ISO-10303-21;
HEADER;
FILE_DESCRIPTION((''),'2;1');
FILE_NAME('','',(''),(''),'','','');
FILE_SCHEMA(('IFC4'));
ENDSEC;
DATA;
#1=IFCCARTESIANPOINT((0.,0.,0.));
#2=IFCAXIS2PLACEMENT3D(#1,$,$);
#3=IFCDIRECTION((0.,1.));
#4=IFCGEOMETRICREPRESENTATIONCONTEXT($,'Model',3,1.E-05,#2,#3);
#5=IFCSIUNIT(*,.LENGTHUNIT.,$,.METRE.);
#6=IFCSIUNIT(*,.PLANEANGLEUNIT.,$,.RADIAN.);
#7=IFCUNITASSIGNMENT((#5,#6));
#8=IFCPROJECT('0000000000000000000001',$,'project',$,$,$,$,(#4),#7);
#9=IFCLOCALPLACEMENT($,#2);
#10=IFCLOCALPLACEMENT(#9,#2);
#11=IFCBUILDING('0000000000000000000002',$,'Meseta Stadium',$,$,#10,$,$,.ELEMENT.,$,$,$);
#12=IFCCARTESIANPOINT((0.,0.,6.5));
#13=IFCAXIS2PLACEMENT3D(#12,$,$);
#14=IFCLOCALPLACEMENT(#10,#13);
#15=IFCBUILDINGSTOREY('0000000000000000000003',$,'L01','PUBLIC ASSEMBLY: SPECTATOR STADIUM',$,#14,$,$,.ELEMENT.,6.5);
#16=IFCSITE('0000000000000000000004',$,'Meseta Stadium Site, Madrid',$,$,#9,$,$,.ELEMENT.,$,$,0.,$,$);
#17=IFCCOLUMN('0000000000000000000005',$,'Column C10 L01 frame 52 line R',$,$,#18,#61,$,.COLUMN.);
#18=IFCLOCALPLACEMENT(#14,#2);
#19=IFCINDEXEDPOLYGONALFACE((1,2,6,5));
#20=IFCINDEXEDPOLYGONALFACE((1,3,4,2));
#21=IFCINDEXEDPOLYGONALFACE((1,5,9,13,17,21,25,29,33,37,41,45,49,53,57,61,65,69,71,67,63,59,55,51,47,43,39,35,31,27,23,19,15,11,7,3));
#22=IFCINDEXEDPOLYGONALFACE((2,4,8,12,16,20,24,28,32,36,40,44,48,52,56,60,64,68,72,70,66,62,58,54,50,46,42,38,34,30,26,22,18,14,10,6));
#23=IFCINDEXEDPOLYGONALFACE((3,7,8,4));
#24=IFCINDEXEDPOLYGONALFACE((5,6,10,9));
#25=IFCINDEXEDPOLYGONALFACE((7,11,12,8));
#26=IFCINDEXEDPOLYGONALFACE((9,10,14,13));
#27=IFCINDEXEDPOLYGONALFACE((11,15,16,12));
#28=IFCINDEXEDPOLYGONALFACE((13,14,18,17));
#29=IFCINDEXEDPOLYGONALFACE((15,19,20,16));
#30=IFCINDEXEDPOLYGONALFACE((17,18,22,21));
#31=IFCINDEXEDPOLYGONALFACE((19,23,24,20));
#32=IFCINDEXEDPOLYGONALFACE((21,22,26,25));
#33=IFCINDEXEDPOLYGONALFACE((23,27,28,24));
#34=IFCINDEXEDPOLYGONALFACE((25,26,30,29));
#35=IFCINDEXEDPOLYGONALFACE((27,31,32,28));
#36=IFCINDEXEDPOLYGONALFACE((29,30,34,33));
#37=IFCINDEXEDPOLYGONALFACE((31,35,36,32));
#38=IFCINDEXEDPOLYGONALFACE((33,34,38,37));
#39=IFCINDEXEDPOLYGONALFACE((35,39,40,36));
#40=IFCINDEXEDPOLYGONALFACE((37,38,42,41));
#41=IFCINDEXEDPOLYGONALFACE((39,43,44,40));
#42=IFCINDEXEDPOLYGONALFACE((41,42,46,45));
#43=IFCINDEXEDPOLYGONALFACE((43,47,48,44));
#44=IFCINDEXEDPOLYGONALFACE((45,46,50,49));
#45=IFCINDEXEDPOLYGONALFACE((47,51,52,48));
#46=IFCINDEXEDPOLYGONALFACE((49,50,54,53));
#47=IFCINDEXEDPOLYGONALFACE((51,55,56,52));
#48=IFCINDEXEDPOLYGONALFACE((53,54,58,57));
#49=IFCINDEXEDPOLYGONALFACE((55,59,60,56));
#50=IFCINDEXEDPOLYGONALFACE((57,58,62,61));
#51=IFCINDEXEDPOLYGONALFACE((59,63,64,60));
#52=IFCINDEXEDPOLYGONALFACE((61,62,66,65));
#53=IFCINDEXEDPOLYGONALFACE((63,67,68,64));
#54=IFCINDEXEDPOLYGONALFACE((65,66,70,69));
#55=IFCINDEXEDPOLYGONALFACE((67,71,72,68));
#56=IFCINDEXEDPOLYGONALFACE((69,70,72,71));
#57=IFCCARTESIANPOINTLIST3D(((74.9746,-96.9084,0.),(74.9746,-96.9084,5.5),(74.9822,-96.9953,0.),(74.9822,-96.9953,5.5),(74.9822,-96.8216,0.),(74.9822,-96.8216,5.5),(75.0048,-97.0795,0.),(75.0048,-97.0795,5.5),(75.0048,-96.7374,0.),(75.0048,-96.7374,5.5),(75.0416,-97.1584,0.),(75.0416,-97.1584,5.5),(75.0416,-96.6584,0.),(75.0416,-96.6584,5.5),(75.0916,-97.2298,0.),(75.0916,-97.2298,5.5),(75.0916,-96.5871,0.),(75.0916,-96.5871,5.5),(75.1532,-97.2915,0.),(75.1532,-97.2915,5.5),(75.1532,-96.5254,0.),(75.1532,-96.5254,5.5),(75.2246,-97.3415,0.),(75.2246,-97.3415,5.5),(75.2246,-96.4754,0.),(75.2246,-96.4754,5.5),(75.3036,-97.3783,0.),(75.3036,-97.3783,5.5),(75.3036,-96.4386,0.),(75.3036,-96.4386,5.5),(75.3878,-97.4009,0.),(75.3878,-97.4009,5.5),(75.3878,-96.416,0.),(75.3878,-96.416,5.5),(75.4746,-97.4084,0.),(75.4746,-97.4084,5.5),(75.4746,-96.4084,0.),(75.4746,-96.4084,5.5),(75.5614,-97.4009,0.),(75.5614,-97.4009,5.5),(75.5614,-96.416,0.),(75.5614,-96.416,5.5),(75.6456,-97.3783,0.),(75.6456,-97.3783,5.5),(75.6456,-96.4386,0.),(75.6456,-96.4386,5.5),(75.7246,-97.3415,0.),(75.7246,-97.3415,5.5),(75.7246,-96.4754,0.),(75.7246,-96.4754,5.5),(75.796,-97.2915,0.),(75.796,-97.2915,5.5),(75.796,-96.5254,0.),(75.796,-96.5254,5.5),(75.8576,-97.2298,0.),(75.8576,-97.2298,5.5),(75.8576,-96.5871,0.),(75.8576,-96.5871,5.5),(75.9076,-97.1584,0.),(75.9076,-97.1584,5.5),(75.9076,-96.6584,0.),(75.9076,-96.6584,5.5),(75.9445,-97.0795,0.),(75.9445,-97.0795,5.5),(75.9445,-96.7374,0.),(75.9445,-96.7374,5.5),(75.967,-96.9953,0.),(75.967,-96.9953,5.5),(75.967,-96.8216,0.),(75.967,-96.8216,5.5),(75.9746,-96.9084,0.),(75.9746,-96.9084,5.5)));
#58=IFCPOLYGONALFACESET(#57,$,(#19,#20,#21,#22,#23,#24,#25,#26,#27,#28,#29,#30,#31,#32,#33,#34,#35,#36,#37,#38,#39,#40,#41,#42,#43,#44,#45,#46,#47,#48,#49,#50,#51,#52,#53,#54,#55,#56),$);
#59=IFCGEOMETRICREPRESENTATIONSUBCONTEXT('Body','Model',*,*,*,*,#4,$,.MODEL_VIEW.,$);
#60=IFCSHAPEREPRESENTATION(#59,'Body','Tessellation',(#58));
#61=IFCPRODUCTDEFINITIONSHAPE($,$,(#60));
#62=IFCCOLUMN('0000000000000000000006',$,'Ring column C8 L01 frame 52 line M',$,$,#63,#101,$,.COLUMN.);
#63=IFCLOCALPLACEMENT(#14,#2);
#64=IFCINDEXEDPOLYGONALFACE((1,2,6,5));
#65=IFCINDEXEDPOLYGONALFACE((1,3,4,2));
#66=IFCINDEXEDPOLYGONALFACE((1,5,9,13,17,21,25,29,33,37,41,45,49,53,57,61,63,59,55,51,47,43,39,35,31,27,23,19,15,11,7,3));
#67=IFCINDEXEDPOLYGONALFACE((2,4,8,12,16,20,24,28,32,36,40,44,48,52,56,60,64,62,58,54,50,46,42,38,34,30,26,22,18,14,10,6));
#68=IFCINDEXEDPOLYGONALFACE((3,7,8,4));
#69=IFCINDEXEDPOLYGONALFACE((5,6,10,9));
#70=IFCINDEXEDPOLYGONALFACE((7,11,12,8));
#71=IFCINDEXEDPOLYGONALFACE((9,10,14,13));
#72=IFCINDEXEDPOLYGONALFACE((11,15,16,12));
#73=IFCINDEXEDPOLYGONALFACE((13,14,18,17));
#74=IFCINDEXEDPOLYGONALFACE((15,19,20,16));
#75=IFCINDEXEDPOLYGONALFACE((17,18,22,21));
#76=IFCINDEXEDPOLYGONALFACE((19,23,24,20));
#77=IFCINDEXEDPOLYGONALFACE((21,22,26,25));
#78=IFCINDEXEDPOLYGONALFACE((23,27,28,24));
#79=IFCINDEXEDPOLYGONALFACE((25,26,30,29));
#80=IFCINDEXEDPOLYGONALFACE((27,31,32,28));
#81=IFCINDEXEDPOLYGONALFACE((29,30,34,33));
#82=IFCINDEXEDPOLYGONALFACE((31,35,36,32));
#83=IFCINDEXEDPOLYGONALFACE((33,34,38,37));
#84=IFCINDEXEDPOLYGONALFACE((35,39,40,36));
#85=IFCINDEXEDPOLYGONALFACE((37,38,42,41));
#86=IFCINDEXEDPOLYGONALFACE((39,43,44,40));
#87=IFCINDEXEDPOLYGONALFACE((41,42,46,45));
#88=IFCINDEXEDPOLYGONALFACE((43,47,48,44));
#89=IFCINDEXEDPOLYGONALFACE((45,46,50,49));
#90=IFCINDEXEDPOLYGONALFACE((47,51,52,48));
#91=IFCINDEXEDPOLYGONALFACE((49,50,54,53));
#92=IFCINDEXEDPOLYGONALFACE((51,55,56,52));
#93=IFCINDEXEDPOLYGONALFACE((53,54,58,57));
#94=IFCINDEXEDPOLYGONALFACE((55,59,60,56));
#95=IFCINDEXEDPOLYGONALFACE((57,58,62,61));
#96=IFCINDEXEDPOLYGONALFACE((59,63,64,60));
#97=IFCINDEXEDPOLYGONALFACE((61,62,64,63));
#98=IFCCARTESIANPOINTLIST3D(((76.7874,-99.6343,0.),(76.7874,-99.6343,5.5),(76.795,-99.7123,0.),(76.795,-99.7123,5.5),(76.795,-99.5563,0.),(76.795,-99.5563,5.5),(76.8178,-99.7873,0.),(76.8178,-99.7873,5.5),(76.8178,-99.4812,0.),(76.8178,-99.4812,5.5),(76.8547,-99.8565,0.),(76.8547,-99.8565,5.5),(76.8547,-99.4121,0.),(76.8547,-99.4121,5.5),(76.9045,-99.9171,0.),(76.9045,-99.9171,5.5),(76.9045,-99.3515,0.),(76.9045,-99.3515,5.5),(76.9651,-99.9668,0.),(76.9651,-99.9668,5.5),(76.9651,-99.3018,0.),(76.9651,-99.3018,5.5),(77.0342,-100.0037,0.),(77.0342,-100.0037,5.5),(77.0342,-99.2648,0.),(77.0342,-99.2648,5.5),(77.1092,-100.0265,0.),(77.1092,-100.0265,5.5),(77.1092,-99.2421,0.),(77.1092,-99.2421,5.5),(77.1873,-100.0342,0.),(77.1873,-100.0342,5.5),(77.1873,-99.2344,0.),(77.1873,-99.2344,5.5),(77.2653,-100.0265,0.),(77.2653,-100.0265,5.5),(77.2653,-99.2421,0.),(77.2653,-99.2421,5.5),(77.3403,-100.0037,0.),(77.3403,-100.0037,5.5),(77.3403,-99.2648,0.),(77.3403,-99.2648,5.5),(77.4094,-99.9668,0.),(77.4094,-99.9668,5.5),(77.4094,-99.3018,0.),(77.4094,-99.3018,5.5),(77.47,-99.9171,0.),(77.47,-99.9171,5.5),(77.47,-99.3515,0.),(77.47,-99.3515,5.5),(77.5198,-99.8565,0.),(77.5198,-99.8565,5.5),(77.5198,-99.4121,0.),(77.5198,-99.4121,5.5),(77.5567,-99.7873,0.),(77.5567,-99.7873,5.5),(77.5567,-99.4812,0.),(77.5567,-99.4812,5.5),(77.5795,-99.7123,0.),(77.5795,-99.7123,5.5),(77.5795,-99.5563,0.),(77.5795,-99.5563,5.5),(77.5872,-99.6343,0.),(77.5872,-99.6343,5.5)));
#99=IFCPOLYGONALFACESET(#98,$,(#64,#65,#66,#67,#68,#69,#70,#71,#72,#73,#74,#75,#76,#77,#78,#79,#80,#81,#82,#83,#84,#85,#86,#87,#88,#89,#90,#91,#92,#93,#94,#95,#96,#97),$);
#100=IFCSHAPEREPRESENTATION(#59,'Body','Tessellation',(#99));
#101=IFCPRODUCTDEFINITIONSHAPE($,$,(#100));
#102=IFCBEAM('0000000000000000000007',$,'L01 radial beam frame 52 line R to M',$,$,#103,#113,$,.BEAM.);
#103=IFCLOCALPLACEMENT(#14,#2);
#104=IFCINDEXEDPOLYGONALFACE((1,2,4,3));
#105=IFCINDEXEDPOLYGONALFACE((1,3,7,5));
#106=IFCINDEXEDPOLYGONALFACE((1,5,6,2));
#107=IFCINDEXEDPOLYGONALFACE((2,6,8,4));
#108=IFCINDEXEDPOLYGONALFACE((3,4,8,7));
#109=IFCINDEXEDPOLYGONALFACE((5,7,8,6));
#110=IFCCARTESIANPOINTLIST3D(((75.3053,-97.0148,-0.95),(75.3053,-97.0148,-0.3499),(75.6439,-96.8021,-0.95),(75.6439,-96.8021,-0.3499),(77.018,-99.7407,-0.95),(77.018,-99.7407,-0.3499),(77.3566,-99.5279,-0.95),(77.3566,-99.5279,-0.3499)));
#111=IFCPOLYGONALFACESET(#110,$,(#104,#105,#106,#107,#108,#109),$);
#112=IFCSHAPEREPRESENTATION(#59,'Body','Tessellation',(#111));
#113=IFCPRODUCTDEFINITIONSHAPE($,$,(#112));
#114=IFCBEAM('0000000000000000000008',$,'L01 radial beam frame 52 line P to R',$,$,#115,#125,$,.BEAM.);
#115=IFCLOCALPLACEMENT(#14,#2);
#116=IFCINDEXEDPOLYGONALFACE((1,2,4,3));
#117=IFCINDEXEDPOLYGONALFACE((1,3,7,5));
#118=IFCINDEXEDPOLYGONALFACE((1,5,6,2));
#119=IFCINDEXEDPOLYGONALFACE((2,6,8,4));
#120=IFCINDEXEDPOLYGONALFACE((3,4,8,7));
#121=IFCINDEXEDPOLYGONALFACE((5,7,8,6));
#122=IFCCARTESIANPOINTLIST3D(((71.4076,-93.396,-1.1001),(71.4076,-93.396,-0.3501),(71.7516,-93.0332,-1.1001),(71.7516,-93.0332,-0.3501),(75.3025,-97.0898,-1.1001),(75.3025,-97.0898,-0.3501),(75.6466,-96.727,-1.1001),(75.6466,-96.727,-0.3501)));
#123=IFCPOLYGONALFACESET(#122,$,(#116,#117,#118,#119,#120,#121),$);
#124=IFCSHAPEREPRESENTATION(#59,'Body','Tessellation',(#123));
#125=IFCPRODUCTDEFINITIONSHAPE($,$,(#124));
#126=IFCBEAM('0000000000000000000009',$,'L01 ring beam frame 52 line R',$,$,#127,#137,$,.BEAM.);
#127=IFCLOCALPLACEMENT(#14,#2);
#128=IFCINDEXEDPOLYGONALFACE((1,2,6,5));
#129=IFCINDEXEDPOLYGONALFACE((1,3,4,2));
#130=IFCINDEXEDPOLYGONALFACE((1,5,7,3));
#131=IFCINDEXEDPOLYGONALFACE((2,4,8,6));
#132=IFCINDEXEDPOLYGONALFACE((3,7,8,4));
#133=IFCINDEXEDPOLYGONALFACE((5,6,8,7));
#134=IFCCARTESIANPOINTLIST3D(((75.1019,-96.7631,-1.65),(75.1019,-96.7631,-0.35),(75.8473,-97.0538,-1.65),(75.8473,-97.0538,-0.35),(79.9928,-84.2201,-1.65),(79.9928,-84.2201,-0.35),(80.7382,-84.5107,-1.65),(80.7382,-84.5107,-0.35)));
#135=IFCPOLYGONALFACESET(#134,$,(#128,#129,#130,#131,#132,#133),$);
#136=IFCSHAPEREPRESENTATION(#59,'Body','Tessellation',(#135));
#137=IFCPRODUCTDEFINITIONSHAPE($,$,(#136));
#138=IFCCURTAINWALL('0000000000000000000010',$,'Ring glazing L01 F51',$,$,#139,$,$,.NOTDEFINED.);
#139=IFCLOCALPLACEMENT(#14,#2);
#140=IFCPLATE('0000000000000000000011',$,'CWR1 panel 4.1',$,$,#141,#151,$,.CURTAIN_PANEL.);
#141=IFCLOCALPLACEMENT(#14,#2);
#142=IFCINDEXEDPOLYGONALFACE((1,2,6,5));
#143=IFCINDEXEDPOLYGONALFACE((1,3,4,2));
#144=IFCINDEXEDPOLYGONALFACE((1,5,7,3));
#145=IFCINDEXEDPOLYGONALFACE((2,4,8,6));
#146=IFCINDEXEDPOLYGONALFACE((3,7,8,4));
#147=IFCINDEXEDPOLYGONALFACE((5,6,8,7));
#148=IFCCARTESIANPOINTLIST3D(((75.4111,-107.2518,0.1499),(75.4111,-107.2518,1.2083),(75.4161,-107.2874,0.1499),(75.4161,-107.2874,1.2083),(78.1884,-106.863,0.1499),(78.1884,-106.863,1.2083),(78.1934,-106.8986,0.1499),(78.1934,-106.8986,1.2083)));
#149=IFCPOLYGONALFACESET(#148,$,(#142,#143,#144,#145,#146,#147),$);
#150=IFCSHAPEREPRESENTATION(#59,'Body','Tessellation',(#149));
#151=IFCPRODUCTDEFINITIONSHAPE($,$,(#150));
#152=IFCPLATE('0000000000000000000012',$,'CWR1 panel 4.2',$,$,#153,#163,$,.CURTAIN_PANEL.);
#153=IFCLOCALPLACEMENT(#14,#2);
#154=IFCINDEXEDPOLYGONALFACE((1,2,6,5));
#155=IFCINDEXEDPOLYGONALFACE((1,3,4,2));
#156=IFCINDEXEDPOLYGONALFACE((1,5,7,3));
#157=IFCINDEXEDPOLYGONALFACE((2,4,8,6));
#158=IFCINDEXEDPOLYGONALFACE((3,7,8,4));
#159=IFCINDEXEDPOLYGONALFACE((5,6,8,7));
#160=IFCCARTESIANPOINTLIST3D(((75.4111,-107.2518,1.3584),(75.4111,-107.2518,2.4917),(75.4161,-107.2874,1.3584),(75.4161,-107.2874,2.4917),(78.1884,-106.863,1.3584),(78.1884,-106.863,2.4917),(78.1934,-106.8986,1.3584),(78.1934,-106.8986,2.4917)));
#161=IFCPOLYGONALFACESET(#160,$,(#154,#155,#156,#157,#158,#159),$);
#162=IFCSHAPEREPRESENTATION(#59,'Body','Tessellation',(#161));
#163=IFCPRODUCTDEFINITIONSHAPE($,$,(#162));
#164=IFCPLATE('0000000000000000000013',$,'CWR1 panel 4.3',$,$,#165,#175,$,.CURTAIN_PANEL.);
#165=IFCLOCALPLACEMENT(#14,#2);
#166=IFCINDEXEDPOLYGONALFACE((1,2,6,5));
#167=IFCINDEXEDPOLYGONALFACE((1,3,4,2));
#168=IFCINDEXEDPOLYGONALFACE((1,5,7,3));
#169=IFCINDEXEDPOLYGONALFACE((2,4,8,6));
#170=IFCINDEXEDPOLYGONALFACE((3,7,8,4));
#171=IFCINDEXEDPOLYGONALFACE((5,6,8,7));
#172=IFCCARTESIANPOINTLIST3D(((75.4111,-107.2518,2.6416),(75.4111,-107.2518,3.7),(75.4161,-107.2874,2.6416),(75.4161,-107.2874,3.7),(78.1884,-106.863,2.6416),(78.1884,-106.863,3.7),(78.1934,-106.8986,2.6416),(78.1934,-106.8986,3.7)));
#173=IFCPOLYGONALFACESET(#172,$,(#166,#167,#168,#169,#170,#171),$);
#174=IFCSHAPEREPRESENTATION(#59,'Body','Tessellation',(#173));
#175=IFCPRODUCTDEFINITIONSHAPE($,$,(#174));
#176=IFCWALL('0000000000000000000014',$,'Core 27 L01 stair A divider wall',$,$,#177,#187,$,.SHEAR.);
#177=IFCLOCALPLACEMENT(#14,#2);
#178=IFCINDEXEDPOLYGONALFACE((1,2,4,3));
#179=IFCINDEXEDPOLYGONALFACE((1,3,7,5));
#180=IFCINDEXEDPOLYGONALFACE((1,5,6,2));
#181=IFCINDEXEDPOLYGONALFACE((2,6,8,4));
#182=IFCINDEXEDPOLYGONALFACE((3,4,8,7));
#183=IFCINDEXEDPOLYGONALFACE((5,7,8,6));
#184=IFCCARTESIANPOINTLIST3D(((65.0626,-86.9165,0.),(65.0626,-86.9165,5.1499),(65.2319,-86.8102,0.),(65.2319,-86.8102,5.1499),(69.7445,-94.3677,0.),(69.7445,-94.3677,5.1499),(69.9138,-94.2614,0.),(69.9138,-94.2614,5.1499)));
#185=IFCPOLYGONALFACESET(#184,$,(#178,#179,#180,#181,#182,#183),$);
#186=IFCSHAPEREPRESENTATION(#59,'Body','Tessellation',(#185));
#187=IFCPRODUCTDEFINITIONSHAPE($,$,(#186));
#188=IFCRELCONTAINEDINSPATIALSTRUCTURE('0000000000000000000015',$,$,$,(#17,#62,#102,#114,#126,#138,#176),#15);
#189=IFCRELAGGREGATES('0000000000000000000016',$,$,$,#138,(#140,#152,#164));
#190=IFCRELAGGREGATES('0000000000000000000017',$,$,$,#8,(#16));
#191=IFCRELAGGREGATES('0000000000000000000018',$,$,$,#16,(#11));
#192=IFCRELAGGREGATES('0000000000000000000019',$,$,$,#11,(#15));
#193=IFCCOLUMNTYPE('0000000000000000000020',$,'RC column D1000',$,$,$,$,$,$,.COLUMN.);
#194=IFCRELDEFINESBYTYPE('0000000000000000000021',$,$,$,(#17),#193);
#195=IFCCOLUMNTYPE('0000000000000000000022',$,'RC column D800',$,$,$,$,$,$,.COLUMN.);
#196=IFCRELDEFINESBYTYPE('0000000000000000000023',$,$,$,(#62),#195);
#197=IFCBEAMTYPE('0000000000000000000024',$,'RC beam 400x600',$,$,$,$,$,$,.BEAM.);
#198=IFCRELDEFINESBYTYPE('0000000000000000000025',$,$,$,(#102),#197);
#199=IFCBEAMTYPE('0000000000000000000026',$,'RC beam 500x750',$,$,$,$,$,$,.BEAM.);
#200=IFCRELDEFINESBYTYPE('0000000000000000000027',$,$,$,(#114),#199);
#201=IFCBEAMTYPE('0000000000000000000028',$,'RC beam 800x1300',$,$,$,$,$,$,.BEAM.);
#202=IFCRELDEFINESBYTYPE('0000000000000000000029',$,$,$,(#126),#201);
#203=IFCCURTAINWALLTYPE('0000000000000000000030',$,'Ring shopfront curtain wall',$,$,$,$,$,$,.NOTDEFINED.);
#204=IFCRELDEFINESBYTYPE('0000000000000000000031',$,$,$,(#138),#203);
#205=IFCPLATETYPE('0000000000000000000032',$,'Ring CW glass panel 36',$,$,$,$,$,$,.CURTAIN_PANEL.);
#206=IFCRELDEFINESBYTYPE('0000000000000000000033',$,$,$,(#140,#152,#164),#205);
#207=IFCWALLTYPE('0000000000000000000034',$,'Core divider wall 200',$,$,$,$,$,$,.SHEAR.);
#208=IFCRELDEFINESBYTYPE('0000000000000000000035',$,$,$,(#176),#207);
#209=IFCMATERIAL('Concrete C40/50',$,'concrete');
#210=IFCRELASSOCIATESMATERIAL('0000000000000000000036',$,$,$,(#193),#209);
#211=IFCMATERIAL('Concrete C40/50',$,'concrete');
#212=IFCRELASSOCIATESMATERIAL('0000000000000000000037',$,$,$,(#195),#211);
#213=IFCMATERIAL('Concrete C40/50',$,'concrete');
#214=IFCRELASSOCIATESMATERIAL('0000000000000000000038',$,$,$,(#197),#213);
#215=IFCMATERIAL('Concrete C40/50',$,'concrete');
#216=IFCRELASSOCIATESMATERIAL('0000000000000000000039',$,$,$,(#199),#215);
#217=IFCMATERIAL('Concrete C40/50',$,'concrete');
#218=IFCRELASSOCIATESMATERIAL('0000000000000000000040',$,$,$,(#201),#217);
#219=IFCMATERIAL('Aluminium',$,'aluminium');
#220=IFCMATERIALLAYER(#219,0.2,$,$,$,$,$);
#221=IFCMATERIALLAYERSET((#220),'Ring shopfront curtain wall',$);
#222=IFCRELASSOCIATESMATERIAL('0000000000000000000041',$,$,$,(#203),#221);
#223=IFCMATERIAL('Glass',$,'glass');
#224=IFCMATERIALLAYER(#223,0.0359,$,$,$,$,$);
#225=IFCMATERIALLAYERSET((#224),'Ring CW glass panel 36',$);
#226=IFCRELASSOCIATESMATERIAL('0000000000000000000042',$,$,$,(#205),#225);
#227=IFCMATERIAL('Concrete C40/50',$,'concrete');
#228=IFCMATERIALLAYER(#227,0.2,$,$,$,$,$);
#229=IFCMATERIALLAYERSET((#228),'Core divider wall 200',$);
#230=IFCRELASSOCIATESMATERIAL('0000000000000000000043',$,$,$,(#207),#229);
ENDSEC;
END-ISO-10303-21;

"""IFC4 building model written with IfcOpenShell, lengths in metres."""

from ifc_helpers import new_model, si_unit, direction, frame, frame_2d, origin, origin_2d, place, context, subcontext, project, spatial, rectangle, circle, extrude, material, layer, layer_set, material_profile, profile_set, type_object, element, aggregate, save


model = new_model("IFC4")

# Units and contexts
model_context = context("Model", 3, precision=1e-05, world=origin(), true_north=direction((0.0, 1.0)))
body_context = subcontext(model_context, "Body", "Model", "MODEL_VIEW")
ifc_project = project(units=[si_unit("LENGTHUNIT", "METRE"), si_unit("PLANEANGLEUNIT", "RADIAN")], contexts=[model_context])

# Site, building, storey
site_placement = place(None, origin())
site = spatial("IfcSite", under=ifc_project, at=site_placement, Name="Meseta Stadium Site, Madrid", CompositionType="ELEMENT", RefElevation=0.0)
building_placement = place(site_placement, origin())
building = spatial("IfcBuilding", under=site, at=building_placement, Name="Meseta Stadium", CompositionType="ELEMENT")
storey_placement = place(building_placement, frame((0.0, 0.0, 6.5)))
storey = spatial("IfcBuildingStorey", under=building, at=storey_placement, Name="L01", Description="PUBLIC ASSEMBLY: SPECTATOR STADIUM", CompositionType="ELEMENT", Elevation=6.5)

# Columns
ifc_material_1 = material(Name="Concrete C40/50", Category="concrete")
ifc_material_profile_1 = material_profile(ifc_material_1, circle(Radius=0.5, at=origin_2d()), Name="RC D1000")
ifc_profile_set_1 = profile_set([ifc_material_profile_1], Name="Concrete C40/50")
column_type_1 = type_object("IfcColumnType", Name="RC column D1000", PredefinedType="COLUMN", material=ifc_profile_set_1)
column_1_placement = place(storey_placement, frame((75.4746, -96.9084, 0.0), z_axis=(0.0, 0.0, 1.0), x_axis=(1.0, 0.0, 0.0)))
element("IfcColumn", 1, at=column_1_placement, inside=storey, type_object=column_type_1, Name="Column C10 L01 frame 52 line R", PredefinedType="COLUMN", context=body_context, shape_type="SweptSolid", body=[
    extrude(circle(Radius=0.5, at=origin_2d()), origin(), (0.0, 0.0, 1.0), 5.5),
])
ifc_material_2 = material(Name="Concrete C40/50", Category="concrete")
ifc_material_profile_2 = material_profile(ifc_material_2, circle(Radius=0.3999, at=origin_2d()), Name="RC D800")
ifc_profile_set_2 = profile_set([ifc_material_profile_2], Name="Concrete C40/50")
column_type_2 = type_object("IfcColumnType", Name="RC column D800", PredefinedType="COLUMN", material=ifc_profile_set_2)
column_2_placement = place(storey_placement, frame((77.1873, -99.6343, 0.0), z_axis=(0.0, 0.0, 1.0), x_axis=(1.0, 0.0, 0.0)))
element("IfcColumn", 2, at=column_2_placement, inside=storey, type_object=column_type_2, Name="Ring column C8 L01 frame 52 line M", PredefinedType="COLUMN", context=body_context, shape_type="SweptSolid", body=[
    extrude(circle(Radius=0.3999, at=origin_2d()), origin(), (0.0, 0.0, 1.0), 5.5),
])

# Beams
ifc_material_3 = material(Name="Concrete C40/50", Category="concrete")
ifc_material_profile_3 = material_profile(ifc_material_3, rectangle(XDim=0.3999, YDim=0.6001, at=origin_2d()), Name="RC 400x600")
ifc_profile_set_3 = profile_set([ifc_material_profile_3], Name="Concrete C40/50")
beam_type_1 = type_object("IfcBeamType", Name="RC beam 400x600", PredefinedType="BEAM", material=ifc_profile_set_3)
beam_1_placement = place(storey_placement, frame((75.4746, -96.9084, -0.6499), z_axis=(0.532008, -0.846739, 0.0), x_axis=(0.846739, 0.532008, 0.0)))
element("IfcBeam", 3, at=beam_1_placement, inside=storey, type_object=beam_type_1, Name="L01 radial beam frame 52 line R to M", PredefinedType="BEAM", context=body_context, shape_type="SweptSolid", body=[
    extrude(rectangle(XDim=0.3999, YDim=0.6001, at=origin_2d()), origin(), (0.0, 0.0, 1.0), 3.2192),
])
ifc_material_4 = material(Name="Concrete C40/50", Category="concrete")
ifc_material_profile_4 = material_profile(ifc_material_4, rectangle(XDim=0.5, YDim=0.75, at=origin_2d()), Name="RC 500x750")
ifc_profile_set_4 = profile_set([ifc_material_profile_4], Name="Concrete C40/50")
beam_type_2 = type_object("IfcBeamType", Name="RC beam 500x750", PredefinedType="BEAM", material=ifc_profile_set_4)
beam_2_placement = place(storey_placement, frame((71.5796, -93.2146, -0.7251), z_axis=(0.725596, -0.68812, 0.0), x_axis=(0.68812, 0.725596, 0.0)))
element("IfcBeam", 4, at=beam_2_placement, inside=storey, type_object=beam_type_2, Name="L01 radial beam frame 52 line P to R", PredefinedType="BEAM", context=body_context, shape_type="SweptSolid", body=[
    extrude(rectangle(XDim=0.5, YDim=0.75, at=origin_2d()), origin(), (0.0, 0.0, 1.0), 5.3679),
])
ifc_material_5 = material(Name="Concrete C40/50", Category="concrete")
ifc_material_profile_5 = material_profile(ifc_material_5, rectangle(XDim=0.8, YDim=1.3, at=origin_2d()), Name="RC 800x1300")
ifc_profile_set_5 = profile_set([ifc_material_profile_5], Name="Concrete C40/50")
beam_type_3 = type_object("IfcBeamType", Name="RC beam 800x1300", PredefinedType="BEAM", material=ifc_profile_set_5)
beam_3_placement = place(storey_placement, frame((75.4746, -96.9084, -1.0), z_axis=(0.363288, 0.931677, 0.0), x_axis=(-0.931677, 0.363288, 0.0)))
element("IfcBeam", 5, at=beam_3_placement, inside=storey, type_object=beam_type_3, Name="L01 ring beam frame 52 line R", PredefinedType="BEAM", context=body_context, shape_type="SweptSolid", body=[
    extrude(rectangle(XDim=0.8, YDim=1.3, at=origin_2d()), origin(), (0.0, 0.0, 1.0), 13.4629),
])

# Curtain wall, plates
ifc_material_6 = material(Name="Aluminium", Category="aluminium")
ifc_layer_1 = layer(ifc_material_6, 0.2)
ifc_layer_set_1 = layer_set([ifc_layer_1], Name="Ring shopfront curtain wall")
curtain_wall_type = type_object("IfcCurtainWallType", Name="Ring shopfront curtain wall", PredefinedType="NOTDEFINED", material=ifc_layer_set_1)
curtain_wall_placement = place(storey_placement, origin())
curtain_wall = element("IfcCurtainWall", 6, at=curtain_wall_placement, inside=storey, type_object=curtain_wall_type, Name="Ring glazing L01 F51", PredefinedType="NOTDEFINED")
ifc_material_7 = material(Name="Glass", Category="glass")
ifc_layer_2 = layer(ifc_material_7, 0.0359)
ifc_layer_set_2 = layer_set([ifc_layer_2], Name="Ring CW glass panel 36")
plate_type = type_object("IfcPlateType", Name="Ring CW glass panel 36", PredefinedType="CURTAIN_PANEL", material=ifc_layer_set_2)
plate_1_placement = place(storey_placement, frame((76.8022, -107.0752, 0.1499), z_axis=(0.0, 0.0, 1.0), x_axis=(0.990342, 0.138643, 0.0)))
plate_1 = element("IfcPlate", 7, at=plate_1_placement, type_object=plate_type, Name="CWR1 panel 4.1", PredefinedType="CURTAIN_PANEL", context=body_context, shape_type="SweptSolid", body=[
    extrude(rectangle(XDim=2.8044, YDim=0.0359, at=origin_2d()), origin(), (0.0, 0.0, 1.0), 1.0583),
])
plate_2_placement = place(storey_placement, frame((76.8022, -107.0752, 1.3584), z_axis=(0.0, 0.0, 1.0), x_axis=(0.990342, 0.138643, 0.0)))
plate_2 = element("IfcPlate", 8, at=plate_2_placement, type_object=plate_type, Name="CWR1 panel 4.2", PredefinedType="CURTAIN_PANEL", context=body_context, shape_type="SweptSolid", body=[
    extrude(rectangle(XDim=2.8044, YDim=0.0359, at=origin_2d()), origin(), (0.0, 0.0, 1.0), 1.1333),
])
plate_3_placement = place(storey_placement, frame((76.8022, -107.0752, 2.6416), z_axis=(0.0, 0.0, 1.0), x_axis=(0.990342, 0.138643, 0.0)))
plate_3 = element("IfcPlate", 9, at=plate_3_placement, type_object=plate_type, Name="CWR1 panel 4.3", PredefinedType="CURTAIN_PANEL", context=body_context, shape_type="SweptSolid", body=[
    extrude(rectangle(XDim=2.8044, YDim=0.0359, at=origin_2d()), origin(), (0.0, 0.0, 1.0), 1.0583),
])
aggregate(curtain_wall, [plate_1, plate_2, plate_3])

# Wall
ifc_material_8 = material(Name="Concrete C40/50", Category="concrete")
ifc_layer_3 = layer(ifc_material_8, 0.2)
ifc_layer_set_3 = layer_set([ifc_layer_3], Name="Core divider wall 200")
wall_type_1 = type_object("IfcWallType", Name="Core divider wall 200", PredefinedType="SHEAR", material=ifc_layer_set_3)
wall_1_placement = place(storey_placement, frame((69.8291, -94.3145, 0.0), z_axis=(0.0, 0.0, 1.0), x_axis=(-0.532032, 0.846724, 0.0)))
element("IfcWall", 10, at=wall_1_placement, inside=storey, type_object=wall_type_1, Name="Core 27 L01 stair A divider wall", PredefinedType="SHEAR", context=body_context, shape_type="SweptSolid", body=[
    extrude(rectangle(XDim=8.8, YDim=0.2, at=frame_2d((4.3999, 0.0))), origin(), (0.0, 0.0, 1.0), 5.1499),
])

save(model, "model.ifc")
